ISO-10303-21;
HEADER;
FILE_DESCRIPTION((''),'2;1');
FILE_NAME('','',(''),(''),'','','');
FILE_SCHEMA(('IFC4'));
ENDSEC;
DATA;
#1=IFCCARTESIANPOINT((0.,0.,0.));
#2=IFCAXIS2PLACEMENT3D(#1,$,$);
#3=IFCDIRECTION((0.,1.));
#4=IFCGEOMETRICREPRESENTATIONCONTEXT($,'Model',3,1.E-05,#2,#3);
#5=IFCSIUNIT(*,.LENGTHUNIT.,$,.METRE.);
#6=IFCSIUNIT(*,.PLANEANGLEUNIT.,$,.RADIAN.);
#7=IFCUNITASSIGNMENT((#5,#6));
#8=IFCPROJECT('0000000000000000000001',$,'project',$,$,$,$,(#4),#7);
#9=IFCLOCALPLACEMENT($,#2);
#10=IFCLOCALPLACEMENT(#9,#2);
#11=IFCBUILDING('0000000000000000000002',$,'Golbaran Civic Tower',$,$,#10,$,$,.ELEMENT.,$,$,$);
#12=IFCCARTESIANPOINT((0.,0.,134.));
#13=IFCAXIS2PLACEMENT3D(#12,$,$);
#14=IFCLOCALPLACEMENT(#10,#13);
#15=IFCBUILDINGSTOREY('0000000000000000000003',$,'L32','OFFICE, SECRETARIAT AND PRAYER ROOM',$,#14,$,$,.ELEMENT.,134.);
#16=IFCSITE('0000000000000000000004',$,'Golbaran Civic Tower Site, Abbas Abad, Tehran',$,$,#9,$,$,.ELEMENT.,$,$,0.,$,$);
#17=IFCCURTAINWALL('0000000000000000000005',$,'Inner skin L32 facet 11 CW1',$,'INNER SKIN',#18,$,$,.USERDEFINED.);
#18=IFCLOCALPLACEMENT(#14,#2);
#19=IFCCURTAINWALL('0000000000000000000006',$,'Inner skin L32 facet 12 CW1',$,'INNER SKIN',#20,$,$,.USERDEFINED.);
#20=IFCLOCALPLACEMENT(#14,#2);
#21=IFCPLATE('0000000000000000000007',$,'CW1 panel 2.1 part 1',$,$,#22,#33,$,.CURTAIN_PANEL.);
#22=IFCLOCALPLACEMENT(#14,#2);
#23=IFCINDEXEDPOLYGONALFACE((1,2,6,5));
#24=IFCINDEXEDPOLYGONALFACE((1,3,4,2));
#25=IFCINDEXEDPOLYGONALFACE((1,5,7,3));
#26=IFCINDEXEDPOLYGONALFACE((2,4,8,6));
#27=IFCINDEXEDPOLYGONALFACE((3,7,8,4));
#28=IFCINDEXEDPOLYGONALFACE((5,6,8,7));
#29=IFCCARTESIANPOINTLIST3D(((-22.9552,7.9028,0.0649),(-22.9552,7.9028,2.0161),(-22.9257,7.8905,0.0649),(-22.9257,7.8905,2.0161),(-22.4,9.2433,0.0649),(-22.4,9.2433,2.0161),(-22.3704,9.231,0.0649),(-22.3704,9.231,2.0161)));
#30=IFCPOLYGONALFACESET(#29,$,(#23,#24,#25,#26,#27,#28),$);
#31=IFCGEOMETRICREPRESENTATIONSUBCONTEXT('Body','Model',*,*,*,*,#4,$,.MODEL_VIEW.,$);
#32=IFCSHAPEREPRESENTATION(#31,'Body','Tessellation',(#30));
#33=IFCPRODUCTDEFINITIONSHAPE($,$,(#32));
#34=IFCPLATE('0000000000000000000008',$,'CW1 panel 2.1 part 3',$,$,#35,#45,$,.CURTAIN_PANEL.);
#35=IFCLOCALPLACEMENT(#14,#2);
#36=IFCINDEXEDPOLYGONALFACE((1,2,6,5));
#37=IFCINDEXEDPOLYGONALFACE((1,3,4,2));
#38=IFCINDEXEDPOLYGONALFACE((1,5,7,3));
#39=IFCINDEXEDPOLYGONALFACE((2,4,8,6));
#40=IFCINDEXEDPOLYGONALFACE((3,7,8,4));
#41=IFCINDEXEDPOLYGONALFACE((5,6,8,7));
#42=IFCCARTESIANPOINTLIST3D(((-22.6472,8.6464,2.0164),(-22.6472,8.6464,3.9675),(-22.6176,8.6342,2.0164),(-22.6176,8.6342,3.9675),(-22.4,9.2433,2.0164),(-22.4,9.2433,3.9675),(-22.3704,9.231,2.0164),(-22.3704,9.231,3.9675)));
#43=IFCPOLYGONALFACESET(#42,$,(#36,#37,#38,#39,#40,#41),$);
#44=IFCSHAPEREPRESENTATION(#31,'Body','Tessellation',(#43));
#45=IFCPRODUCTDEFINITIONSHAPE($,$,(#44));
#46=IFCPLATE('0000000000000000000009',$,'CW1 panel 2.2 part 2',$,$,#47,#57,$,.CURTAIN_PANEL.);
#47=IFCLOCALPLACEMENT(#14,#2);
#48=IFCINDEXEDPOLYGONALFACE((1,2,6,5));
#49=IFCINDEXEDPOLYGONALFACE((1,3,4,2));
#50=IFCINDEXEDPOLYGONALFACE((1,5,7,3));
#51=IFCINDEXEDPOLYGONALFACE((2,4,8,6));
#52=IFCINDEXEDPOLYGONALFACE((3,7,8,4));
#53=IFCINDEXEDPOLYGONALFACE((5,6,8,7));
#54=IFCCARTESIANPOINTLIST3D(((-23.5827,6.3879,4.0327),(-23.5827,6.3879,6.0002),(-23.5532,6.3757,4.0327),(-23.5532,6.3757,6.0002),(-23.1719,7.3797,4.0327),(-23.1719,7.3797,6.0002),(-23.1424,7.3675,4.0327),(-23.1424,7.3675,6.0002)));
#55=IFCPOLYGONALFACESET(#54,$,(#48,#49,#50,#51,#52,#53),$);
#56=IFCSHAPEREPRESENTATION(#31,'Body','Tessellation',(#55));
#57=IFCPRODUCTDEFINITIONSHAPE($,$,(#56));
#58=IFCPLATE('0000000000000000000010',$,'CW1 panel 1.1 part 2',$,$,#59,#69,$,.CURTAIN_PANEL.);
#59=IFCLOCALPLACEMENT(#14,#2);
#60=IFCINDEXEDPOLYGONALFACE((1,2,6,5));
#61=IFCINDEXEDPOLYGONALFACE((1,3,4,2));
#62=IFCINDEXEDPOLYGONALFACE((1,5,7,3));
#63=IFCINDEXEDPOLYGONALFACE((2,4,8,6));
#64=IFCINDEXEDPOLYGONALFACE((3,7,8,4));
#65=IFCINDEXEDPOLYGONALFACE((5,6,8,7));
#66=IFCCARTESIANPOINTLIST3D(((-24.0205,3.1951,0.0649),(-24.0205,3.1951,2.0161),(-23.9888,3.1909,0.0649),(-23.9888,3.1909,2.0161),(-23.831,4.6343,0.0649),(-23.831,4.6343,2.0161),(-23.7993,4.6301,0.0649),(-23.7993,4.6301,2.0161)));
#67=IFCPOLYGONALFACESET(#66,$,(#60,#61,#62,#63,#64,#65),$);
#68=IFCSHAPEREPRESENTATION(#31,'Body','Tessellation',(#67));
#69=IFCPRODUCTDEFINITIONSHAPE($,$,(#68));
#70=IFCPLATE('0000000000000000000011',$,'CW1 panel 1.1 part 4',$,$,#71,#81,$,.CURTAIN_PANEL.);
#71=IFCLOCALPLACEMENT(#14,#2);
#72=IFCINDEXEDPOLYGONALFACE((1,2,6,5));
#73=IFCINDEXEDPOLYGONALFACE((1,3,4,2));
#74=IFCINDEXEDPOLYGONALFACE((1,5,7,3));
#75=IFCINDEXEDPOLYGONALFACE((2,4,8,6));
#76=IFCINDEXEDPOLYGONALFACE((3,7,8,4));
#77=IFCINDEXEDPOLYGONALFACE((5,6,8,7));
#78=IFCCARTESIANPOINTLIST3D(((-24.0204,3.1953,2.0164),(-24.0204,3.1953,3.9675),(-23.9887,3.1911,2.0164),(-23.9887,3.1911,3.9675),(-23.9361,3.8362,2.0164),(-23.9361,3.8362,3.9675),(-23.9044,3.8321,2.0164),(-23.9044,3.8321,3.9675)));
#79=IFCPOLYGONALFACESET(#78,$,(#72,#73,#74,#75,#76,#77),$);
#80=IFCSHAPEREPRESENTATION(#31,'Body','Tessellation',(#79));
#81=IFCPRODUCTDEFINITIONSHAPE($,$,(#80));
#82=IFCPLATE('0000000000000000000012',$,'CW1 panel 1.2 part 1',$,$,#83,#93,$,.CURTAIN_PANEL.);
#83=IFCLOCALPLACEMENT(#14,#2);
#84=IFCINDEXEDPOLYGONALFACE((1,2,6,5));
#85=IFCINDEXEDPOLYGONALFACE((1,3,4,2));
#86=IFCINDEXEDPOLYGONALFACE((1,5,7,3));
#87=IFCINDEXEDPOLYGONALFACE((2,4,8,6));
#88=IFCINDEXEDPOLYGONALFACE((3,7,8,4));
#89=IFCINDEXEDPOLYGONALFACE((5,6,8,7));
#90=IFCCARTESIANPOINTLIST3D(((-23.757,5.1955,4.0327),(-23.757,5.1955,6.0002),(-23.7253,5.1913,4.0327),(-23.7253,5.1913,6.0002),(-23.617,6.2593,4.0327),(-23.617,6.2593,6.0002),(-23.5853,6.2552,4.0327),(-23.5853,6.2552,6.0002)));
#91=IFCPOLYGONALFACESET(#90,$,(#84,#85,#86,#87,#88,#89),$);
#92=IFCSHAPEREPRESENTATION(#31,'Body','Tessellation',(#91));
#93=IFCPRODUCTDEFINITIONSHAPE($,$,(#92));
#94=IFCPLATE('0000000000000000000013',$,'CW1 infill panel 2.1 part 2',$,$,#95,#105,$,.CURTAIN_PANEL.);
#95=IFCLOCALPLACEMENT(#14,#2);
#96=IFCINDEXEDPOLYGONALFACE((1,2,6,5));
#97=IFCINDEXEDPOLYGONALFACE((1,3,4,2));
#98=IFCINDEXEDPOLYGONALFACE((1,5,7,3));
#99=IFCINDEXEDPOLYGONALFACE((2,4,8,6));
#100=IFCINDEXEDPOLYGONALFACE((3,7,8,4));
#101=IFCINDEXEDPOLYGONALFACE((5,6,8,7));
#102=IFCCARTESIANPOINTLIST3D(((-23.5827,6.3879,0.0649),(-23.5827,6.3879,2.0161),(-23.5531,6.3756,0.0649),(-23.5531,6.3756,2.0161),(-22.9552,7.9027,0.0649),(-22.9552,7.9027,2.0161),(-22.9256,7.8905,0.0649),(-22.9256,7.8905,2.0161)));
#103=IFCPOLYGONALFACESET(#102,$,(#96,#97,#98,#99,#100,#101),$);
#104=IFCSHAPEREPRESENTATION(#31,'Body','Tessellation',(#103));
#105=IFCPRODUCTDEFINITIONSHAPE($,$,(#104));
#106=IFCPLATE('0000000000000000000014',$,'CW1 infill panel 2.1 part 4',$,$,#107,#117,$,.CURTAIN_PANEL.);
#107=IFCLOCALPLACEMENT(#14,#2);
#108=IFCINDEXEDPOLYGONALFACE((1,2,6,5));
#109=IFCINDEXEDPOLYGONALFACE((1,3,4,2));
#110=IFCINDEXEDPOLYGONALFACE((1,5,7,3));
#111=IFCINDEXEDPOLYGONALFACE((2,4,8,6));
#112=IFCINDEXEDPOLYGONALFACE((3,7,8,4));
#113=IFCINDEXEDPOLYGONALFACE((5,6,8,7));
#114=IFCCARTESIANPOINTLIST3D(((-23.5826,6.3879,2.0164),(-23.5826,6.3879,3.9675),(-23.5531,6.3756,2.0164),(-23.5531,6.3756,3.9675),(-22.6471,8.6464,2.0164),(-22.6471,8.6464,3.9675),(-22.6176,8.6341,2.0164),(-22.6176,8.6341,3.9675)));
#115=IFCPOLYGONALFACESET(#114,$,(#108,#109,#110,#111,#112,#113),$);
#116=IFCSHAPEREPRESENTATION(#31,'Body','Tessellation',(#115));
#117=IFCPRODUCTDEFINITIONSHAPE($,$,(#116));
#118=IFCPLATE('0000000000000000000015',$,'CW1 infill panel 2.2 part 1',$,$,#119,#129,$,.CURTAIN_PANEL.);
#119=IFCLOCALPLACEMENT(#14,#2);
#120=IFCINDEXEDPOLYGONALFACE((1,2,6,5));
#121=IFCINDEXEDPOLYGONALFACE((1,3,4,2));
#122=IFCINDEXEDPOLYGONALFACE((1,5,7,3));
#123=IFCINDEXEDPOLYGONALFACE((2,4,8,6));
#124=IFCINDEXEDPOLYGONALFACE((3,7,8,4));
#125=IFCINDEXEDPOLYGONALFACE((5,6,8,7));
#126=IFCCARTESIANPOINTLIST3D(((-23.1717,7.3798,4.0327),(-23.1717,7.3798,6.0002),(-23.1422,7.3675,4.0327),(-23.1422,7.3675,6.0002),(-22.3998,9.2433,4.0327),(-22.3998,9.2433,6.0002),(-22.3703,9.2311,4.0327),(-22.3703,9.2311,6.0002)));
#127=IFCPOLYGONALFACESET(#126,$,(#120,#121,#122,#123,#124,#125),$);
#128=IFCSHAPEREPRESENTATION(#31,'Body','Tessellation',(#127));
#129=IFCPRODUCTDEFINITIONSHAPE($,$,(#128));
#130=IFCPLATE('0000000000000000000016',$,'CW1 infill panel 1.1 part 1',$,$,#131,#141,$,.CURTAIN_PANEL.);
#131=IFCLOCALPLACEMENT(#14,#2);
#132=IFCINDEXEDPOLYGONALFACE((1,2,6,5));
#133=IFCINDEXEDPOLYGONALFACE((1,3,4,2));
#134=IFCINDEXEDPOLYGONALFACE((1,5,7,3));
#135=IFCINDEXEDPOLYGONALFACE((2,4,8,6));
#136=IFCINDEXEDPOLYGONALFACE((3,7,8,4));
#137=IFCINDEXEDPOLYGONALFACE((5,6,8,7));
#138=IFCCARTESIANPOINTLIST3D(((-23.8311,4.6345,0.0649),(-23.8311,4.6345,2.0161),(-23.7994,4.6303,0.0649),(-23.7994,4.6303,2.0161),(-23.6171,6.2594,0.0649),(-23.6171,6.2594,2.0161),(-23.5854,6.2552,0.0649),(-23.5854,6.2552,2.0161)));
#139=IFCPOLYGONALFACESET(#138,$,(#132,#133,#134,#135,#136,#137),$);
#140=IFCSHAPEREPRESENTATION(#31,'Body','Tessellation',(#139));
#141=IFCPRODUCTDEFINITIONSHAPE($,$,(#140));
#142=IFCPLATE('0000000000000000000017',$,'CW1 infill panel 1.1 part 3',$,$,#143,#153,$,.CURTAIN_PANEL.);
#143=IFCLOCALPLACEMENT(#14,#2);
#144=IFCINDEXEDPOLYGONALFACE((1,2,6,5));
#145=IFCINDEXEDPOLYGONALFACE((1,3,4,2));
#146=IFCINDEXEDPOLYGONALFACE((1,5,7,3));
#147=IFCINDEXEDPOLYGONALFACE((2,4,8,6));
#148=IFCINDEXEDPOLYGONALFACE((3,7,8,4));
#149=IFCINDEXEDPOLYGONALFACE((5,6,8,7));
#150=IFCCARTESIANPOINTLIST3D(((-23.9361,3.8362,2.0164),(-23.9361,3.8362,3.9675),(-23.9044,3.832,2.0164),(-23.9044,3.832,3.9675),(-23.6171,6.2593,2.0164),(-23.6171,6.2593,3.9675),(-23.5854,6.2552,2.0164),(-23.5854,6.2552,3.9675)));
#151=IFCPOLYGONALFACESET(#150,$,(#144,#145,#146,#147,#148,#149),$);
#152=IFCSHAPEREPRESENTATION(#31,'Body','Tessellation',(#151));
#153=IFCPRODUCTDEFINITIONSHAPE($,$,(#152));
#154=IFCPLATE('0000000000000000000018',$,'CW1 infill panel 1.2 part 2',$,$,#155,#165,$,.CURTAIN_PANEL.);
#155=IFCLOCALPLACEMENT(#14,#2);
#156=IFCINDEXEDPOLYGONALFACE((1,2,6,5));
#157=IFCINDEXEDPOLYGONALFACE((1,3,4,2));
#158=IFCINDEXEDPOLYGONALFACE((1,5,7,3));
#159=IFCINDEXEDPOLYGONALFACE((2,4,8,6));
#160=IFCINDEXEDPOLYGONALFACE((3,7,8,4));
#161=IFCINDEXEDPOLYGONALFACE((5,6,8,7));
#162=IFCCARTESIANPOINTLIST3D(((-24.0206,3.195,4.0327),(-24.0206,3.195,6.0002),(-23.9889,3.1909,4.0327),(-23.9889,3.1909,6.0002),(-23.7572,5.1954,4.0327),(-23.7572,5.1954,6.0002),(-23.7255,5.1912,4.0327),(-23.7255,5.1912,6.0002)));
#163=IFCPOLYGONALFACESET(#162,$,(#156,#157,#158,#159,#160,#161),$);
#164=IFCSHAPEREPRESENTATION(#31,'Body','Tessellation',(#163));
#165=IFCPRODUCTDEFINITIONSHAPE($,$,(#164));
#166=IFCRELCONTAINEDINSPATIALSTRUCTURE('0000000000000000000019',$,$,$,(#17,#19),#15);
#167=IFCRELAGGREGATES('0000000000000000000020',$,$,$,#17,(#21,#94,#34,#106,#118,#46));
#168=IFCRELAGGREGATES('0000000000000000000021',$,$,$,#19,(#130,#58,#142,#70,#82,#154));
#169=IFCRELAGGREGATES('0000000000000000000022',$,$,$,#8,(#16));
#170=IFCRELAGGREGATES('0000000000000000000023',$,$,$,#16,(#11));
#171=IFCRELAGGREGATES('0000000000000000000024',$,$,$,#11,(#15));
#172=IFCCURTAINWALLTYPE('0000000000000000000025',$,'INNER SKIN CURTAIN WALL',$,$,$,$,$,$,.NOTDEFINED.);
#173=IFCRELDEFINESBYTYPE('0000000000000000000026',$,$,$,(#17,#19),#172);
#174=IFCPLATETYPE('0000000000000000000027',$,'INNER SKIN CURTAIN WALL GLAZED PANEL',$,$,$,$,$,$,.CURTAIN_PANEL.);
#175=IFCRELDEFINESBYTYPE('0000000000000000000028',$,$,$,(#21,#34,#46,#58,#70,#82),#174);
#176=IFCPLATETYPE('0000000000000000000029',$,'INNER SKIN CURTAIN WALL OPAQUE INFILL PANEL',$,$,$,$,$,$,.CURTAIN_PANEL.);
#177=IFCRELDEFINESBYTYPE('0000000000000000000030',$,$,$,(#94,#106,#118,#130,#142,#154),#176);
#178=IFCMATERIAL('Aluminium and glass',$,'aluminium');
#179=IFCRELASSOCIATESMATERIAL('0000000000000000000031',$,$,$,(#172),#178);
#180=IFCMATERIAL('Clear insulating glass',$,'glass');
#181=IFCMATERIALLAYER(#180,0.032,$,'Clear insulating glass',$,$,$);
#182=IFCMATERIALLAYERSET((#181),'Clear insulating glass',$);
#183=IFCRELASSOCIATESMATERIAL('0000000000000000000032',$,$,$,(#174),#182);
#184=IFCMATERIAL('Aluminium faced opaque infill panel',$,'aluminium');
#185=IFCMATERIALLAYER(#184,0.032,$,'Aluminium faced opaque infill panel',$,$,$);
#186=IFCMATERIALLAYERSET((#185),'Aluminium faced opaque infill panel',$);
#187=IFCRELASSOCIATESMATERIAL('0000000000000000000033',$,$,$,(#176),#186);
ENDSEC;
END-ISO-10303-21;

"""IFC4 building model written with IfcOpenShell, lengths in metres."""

from ifc_helpers import new_model, si_unit, direction, frame, origin, origin_2d, place, context, subcontext, project, spatial, rectangle, extrude, material, layer, layer_set, type_object, element, aggregate, save


model = new_model("IFC4")

# Units and contexts
model_context = context("Model", 3, precision=1e-05, world=origin(), true_north=direction((0.0, 1.0)))
body_context = subcontext(model_context, "Body", "Model", "MODEL_VIEW")
ifc_project = project(units=[si_unit("LENGTHUNIT", "METRE"), si_unit("PLANEANGLEUNIT", "RADIAN")], contexts=[model_context])

# Site, building, storey
site_placement = place(None, origin())
site = spatial("IfcSite", under=ifc_project, at=site_placement, Name="Golbaran Civic Tower Site, Abbas Abad, Tehran", CompositionType="ELEMENT", RefElevation=0.0)
building_placement = place(site_placement, origin())
building = spatial("IfcBuilding", under=site, at=building_placement, Name="Golbaran Civic Tower", CompositionType="ELEMENT")
storey_placement = place(building_placement, frame((0.0, 0.0, 134.0)))
storey = spatial("IfcBuildingStorey", under=building, at=storey_placement, Name="L32", Description="OFFICE, SECRETARIAT AND PRAYER ROOM", CompositionType="ELEMENT", Elevation=134.0)

# Curtain wall
ifc_material_1 = material(Name="Aluminium and glass", Category="aluminium")
curtain_wall_type = type_object("IfcCurtainWallType", Name="INNER SKIN CURTAIN WALL", PredefinedType="NOTDEFINED", material=ifc_material_1)
curtain_wall_1_placement = place(storey_placement, origin())
curtain_wall_1 = element("IfcCurtainWall", 1, at=curtain_wall_1_placement, inside=storey, type_object=curtain_wall_type, Name="Inner skin L32 facet 11 CW1", ObjectType="INNER SKIN", PredefinedType="USERDEFINED")

# Curtain wall
curtain_wall_2_placement = place(storey_placement, origin())
curtain_wall_2 = element("IfcCurtainWall", 2, at=curtain_wall_2_placement, inside=storey, type_object=curtain_wall_type, Name="Inner skin L32 facet 12 CW1", ObjectType="INNER SKIN", PredefinedType="USERDEFINED")

# Plates
ifc_material_2 = material(Name="Clear insulating glass", Category="glass")
ifc_layer_1 = layer(ifc_material_2, 0.032, Name="Clear insulating glass")
ifc_layer_set_1 = layer_set([ifc_layer_1], Name="Clear insulating glass")
plate_type_1 = type_object("IfcPlateType", Name="INNER SKIN CURTAIN WALL GLAZED PANEL", PredefinedType="CURTAIN_PANEL", material=ifc_layer_set_1)
plate_1_placement = place(storey_placement, frame((-22.6628, 8.5669, 0.0649), z_axis=(0.0, 0.0, 1.0), x_axis=(-0.382683, -0.92388, 0.0)))
plate_1 = element("IfcPlate", 3, at=plate_1_placement, type_object=plate_type_1, Name="CW1 panel 2.1 part 1", PredefinedType="CURTAIN_PANEL", context=body_context, shape_type="SweptSolid", body=[
    extrude(rectangle(XDim=1.4509, YDim=0.032, at=origin_2d()), origin(), (0.0, 0.0, 1.0), 1.9512),
])
plate_2_placement = place(storey_placement, frame((-22.5088, 8.9387, 2.0164), z_axis=(0.0, 0.0, 1.0), x_axis=(-0.382683, -0.92388, 0.0)))
plate_2 = element("IfcPlate", 4, at=plate_2_placement, type_object=plate_type_1, Name="CW1 panel 2.1 part 3", PredefinedType="CURTAIN_PANEL", context=body_context, shape_type="SweptSolid", body=[
    extrude(rectangle(XDim=0.646, YDim=0.032, at=origin_2d()), origin(), (0.0, 0.0, 1.0), 1.9512),
])
plate_3_placement = place(storey_placement, frame((-23.3625, 6.8777, 4.0327), z_axis=(0.0, 0.0, 1.0), x_axis=(-0.382683, -0.92388, 0.0)))
plate_3 = element("IfcPlate", 5, at=plate_3_placement, type_object=plate_type_1, Name="CW1 panel 2.2 part 2", PredefinedType="CURTAIN_PANEL", context=body_context, shape_type="SweptSolid", body=[
    extrude(rectangle(XDim=1.0735, YDim=0.032, at=origin_2d()), origin(), (0.0, 0.0, 1.0), 1.9675),
])
plate_4_placement = place(storey_placement, frame((-23.9099, 3.9126, 0.0649), z_axis=(0.0, 0.0, 1.0), x_axis=(-0.130526, -0.991445, 0.0)))
plate_4 = element("IfcPlate", 6, at=plate_4_placement, type_object=plate_type_1, Name="CW1 panel 1.1 part 2", PredefinedType="CURTAIN_PANEL", context=body_context, shape_type="SweptSolid", body=[
    extrude(rectangle(XDim=1.4517, YDim=0.032, at=origin_2d()), origin(), (0.0, 0.0, 1.0), 1.9512),
])
plate_5_placement = place(storey_placement, frame((-23.9624, 3.5137, 2.0164), z_axis=(0.0, 0.0, 1.0), x_axis=(-0.130526, -0.991445, 0.0)))
plate_5 = element("IfcPlate", 7, at=plate_5_placement, type_object=plate_type_1, Name="CW1 panel 1.1 part 4", PredefinedType="CURTAIN_PANEL", context=body_context, shape_type="SweptSolid", body=[
    extrude(rectangle(XDim=0.6465, YDim=0.032, at=origin_2d()), origin(), (0.0, 0.0, 1.0), 1.9512),
])
plate_6_placement = place(storey_placement, frame((-23.6711, 5.7253, 4.0327), z_axis=(0.0, 0.0, 1.0), x_axis=(-0.130526, -0.991445, 0.0)))
plate_6 = element("IfcPlate", 8, at=plate_6_placement, type_object=plate_type_1, Name="CW1 panel 1.2 part 1", PredefinedType="CURTAIN_PANEL", context=body_context, shape_type="SweptSolid", body=[
    extrude(rectangle(XDim=1.073, YDim=0.032, at=origin_2d()), origin(), (0.0, 0.0, 1.0), 1.9675),
])
ifc_material_3 = material(Name="Aluminium faced opaque infill panel", Category="aluminium")
ifc_layer_2 = layer(ifc_material_3, 0.032, Name="Aluminium faced opaque infill panel")
ifc_layer_set_2 = layer_set([ifc_layer_2], Name="Aluminium faced opaque infill panel")
plate_type_2 = type_object("IfcPlateType", Name="INNER SKIN CURTAIN WALL OPAQUE INFILL PANEL", PredefinedType="CURTAIN_PANEL", material=ifc_layer_set_2)
plate_7_placement = place(storey_placement, frame((-23.2542, 7.1392, 0.0649), z_axis=(0.0, 0.0, 1.0), x_axis=(-0.382683, -0.92388, 0.0)))
plate_7 = element("IfcPlate", 9, at=plate_7_placement, type_object=plate_type_2, Name="CW1 infill panel 2.1 part 2", PredefinedType="CURTAIN_PANEL", context=body_context, shape_type="SweptSolid", body=[
    extrude(rectangle(XDim=1.6396, YDim=0.032, at=origin_2d()), origin(), (0.0, 0.0, 1.0), 1.9512),
])
plate_8_placement = place(storey_placement, frame((-23.1001, 7.511, 2.0164), z_axis=(0.0, 0.0, 1.0), x_axis=(-0.382683, -0.92388, 0.0)))
plate_8 = element("IfcPlate", 10, at=plate_8_placement, type_object=plate_type_2, Name="CW1 infill panel 2.1 part 4", PredefinedType="CURTAIN_PANEL", context=body_context, shape_type="SweptSolid", body=[
    extrude(rectangle(XDim=2.4446, YDim=0.032, at=origin_2d()), origin(), (0.0, 0.0, 1.0), 1.9512),
])
plate_9_placement = place(storey_placement, frame((-22.771, 8.3054, 4.0327), z_axis=(0.0, 0.0, 1.0), x_axis=(-0.382683, -0.92388, 0.0)))
plate_9 = element("IfcPlate", 11, at=plate_9_placement, type_object=plate_type_2, Name="CW1 infill panel 2.2 part 1", PredefinedType="CURTAIN_PANEL", context=body_context, shape_type="SweptSolid", body=[
    extrude(rectangle(XDim=2.0171, YDim=0.032, at=origin_2d()), origin(), (0.0, 0.0, 1.0), 1.9675),
])
aggregate(curtain_wall_1, [plate_1, plate_7, plate_2, plate_8, plate_9, plate_3])
plate_10_placement = place(storey_placement, frame((-23.7083, 5.4448, 0.0649), z_axis=(0.0, 0.0, 1.0), x_axis=(-0.130526, -0.991445, 0.0)))
plate_10 = element("IfcPlate", 12, at=plate_10_placement, type_object=plate_type_2, Name="CW1 infill panel 1.1 part 1", PredefinedType="CURTAIN_PANEL", context=body_context, shape_type="SweptSolid", body=[
    extrude(rectangle(XDim=1.6389, YDim=0.032, at=origin_2d()), origin(), (0.0, 0.0, 1.0), 1.9512),
])
plate_11_placement = place(storey_placement, frame((-23.7607, 5.0457, 2.0164), z_axis=(0.0, 0.0, 1.0), x_axis=(-0.130526, -0.991445, 0.0)))
plate_11 = element("IfcPlate", 13, at=plate_11_placement, type_object=plate_type_2, Name="CW1 infill panel 1.1 part 3", PredefinedType="CURTAIN_PANEL", context=body_context, shape_type="SweptSolid", body=[
    extrude(rectangle(XDim=2.4441, YDim=0.032, at=origin_2d()), origin(), (0.0, 0.0, 1.0), 1.9512),
])
plate_12_placement = place(storey_placement, frame((-23.873, 4.1931, 4.0327), z_axis=(0.0, 0.0, 1.0), x_axis=(-0.130526, -0.991445, 0.0)))
plate_12 = element("IfcPlate", 14, at=plate_12_placement, type_object=plate_type_2, Name="CW1 infill panel 1.2 part 2", PredefinedType="CURTAIN_PANEL", context=body_context, shape_type="SweptSolid", body=[
    extrude(rectangle(XDim=2.0176, YDim=0.032, at=origin_2d()), origin(), (0.0, 0.0, 1.0), 1.9675),
])
aggregate(curtain_wall_2, [plate_10, plate_4, plate_11, plate_5, plate_6, plate_12])

save(model, "model.ifc")
